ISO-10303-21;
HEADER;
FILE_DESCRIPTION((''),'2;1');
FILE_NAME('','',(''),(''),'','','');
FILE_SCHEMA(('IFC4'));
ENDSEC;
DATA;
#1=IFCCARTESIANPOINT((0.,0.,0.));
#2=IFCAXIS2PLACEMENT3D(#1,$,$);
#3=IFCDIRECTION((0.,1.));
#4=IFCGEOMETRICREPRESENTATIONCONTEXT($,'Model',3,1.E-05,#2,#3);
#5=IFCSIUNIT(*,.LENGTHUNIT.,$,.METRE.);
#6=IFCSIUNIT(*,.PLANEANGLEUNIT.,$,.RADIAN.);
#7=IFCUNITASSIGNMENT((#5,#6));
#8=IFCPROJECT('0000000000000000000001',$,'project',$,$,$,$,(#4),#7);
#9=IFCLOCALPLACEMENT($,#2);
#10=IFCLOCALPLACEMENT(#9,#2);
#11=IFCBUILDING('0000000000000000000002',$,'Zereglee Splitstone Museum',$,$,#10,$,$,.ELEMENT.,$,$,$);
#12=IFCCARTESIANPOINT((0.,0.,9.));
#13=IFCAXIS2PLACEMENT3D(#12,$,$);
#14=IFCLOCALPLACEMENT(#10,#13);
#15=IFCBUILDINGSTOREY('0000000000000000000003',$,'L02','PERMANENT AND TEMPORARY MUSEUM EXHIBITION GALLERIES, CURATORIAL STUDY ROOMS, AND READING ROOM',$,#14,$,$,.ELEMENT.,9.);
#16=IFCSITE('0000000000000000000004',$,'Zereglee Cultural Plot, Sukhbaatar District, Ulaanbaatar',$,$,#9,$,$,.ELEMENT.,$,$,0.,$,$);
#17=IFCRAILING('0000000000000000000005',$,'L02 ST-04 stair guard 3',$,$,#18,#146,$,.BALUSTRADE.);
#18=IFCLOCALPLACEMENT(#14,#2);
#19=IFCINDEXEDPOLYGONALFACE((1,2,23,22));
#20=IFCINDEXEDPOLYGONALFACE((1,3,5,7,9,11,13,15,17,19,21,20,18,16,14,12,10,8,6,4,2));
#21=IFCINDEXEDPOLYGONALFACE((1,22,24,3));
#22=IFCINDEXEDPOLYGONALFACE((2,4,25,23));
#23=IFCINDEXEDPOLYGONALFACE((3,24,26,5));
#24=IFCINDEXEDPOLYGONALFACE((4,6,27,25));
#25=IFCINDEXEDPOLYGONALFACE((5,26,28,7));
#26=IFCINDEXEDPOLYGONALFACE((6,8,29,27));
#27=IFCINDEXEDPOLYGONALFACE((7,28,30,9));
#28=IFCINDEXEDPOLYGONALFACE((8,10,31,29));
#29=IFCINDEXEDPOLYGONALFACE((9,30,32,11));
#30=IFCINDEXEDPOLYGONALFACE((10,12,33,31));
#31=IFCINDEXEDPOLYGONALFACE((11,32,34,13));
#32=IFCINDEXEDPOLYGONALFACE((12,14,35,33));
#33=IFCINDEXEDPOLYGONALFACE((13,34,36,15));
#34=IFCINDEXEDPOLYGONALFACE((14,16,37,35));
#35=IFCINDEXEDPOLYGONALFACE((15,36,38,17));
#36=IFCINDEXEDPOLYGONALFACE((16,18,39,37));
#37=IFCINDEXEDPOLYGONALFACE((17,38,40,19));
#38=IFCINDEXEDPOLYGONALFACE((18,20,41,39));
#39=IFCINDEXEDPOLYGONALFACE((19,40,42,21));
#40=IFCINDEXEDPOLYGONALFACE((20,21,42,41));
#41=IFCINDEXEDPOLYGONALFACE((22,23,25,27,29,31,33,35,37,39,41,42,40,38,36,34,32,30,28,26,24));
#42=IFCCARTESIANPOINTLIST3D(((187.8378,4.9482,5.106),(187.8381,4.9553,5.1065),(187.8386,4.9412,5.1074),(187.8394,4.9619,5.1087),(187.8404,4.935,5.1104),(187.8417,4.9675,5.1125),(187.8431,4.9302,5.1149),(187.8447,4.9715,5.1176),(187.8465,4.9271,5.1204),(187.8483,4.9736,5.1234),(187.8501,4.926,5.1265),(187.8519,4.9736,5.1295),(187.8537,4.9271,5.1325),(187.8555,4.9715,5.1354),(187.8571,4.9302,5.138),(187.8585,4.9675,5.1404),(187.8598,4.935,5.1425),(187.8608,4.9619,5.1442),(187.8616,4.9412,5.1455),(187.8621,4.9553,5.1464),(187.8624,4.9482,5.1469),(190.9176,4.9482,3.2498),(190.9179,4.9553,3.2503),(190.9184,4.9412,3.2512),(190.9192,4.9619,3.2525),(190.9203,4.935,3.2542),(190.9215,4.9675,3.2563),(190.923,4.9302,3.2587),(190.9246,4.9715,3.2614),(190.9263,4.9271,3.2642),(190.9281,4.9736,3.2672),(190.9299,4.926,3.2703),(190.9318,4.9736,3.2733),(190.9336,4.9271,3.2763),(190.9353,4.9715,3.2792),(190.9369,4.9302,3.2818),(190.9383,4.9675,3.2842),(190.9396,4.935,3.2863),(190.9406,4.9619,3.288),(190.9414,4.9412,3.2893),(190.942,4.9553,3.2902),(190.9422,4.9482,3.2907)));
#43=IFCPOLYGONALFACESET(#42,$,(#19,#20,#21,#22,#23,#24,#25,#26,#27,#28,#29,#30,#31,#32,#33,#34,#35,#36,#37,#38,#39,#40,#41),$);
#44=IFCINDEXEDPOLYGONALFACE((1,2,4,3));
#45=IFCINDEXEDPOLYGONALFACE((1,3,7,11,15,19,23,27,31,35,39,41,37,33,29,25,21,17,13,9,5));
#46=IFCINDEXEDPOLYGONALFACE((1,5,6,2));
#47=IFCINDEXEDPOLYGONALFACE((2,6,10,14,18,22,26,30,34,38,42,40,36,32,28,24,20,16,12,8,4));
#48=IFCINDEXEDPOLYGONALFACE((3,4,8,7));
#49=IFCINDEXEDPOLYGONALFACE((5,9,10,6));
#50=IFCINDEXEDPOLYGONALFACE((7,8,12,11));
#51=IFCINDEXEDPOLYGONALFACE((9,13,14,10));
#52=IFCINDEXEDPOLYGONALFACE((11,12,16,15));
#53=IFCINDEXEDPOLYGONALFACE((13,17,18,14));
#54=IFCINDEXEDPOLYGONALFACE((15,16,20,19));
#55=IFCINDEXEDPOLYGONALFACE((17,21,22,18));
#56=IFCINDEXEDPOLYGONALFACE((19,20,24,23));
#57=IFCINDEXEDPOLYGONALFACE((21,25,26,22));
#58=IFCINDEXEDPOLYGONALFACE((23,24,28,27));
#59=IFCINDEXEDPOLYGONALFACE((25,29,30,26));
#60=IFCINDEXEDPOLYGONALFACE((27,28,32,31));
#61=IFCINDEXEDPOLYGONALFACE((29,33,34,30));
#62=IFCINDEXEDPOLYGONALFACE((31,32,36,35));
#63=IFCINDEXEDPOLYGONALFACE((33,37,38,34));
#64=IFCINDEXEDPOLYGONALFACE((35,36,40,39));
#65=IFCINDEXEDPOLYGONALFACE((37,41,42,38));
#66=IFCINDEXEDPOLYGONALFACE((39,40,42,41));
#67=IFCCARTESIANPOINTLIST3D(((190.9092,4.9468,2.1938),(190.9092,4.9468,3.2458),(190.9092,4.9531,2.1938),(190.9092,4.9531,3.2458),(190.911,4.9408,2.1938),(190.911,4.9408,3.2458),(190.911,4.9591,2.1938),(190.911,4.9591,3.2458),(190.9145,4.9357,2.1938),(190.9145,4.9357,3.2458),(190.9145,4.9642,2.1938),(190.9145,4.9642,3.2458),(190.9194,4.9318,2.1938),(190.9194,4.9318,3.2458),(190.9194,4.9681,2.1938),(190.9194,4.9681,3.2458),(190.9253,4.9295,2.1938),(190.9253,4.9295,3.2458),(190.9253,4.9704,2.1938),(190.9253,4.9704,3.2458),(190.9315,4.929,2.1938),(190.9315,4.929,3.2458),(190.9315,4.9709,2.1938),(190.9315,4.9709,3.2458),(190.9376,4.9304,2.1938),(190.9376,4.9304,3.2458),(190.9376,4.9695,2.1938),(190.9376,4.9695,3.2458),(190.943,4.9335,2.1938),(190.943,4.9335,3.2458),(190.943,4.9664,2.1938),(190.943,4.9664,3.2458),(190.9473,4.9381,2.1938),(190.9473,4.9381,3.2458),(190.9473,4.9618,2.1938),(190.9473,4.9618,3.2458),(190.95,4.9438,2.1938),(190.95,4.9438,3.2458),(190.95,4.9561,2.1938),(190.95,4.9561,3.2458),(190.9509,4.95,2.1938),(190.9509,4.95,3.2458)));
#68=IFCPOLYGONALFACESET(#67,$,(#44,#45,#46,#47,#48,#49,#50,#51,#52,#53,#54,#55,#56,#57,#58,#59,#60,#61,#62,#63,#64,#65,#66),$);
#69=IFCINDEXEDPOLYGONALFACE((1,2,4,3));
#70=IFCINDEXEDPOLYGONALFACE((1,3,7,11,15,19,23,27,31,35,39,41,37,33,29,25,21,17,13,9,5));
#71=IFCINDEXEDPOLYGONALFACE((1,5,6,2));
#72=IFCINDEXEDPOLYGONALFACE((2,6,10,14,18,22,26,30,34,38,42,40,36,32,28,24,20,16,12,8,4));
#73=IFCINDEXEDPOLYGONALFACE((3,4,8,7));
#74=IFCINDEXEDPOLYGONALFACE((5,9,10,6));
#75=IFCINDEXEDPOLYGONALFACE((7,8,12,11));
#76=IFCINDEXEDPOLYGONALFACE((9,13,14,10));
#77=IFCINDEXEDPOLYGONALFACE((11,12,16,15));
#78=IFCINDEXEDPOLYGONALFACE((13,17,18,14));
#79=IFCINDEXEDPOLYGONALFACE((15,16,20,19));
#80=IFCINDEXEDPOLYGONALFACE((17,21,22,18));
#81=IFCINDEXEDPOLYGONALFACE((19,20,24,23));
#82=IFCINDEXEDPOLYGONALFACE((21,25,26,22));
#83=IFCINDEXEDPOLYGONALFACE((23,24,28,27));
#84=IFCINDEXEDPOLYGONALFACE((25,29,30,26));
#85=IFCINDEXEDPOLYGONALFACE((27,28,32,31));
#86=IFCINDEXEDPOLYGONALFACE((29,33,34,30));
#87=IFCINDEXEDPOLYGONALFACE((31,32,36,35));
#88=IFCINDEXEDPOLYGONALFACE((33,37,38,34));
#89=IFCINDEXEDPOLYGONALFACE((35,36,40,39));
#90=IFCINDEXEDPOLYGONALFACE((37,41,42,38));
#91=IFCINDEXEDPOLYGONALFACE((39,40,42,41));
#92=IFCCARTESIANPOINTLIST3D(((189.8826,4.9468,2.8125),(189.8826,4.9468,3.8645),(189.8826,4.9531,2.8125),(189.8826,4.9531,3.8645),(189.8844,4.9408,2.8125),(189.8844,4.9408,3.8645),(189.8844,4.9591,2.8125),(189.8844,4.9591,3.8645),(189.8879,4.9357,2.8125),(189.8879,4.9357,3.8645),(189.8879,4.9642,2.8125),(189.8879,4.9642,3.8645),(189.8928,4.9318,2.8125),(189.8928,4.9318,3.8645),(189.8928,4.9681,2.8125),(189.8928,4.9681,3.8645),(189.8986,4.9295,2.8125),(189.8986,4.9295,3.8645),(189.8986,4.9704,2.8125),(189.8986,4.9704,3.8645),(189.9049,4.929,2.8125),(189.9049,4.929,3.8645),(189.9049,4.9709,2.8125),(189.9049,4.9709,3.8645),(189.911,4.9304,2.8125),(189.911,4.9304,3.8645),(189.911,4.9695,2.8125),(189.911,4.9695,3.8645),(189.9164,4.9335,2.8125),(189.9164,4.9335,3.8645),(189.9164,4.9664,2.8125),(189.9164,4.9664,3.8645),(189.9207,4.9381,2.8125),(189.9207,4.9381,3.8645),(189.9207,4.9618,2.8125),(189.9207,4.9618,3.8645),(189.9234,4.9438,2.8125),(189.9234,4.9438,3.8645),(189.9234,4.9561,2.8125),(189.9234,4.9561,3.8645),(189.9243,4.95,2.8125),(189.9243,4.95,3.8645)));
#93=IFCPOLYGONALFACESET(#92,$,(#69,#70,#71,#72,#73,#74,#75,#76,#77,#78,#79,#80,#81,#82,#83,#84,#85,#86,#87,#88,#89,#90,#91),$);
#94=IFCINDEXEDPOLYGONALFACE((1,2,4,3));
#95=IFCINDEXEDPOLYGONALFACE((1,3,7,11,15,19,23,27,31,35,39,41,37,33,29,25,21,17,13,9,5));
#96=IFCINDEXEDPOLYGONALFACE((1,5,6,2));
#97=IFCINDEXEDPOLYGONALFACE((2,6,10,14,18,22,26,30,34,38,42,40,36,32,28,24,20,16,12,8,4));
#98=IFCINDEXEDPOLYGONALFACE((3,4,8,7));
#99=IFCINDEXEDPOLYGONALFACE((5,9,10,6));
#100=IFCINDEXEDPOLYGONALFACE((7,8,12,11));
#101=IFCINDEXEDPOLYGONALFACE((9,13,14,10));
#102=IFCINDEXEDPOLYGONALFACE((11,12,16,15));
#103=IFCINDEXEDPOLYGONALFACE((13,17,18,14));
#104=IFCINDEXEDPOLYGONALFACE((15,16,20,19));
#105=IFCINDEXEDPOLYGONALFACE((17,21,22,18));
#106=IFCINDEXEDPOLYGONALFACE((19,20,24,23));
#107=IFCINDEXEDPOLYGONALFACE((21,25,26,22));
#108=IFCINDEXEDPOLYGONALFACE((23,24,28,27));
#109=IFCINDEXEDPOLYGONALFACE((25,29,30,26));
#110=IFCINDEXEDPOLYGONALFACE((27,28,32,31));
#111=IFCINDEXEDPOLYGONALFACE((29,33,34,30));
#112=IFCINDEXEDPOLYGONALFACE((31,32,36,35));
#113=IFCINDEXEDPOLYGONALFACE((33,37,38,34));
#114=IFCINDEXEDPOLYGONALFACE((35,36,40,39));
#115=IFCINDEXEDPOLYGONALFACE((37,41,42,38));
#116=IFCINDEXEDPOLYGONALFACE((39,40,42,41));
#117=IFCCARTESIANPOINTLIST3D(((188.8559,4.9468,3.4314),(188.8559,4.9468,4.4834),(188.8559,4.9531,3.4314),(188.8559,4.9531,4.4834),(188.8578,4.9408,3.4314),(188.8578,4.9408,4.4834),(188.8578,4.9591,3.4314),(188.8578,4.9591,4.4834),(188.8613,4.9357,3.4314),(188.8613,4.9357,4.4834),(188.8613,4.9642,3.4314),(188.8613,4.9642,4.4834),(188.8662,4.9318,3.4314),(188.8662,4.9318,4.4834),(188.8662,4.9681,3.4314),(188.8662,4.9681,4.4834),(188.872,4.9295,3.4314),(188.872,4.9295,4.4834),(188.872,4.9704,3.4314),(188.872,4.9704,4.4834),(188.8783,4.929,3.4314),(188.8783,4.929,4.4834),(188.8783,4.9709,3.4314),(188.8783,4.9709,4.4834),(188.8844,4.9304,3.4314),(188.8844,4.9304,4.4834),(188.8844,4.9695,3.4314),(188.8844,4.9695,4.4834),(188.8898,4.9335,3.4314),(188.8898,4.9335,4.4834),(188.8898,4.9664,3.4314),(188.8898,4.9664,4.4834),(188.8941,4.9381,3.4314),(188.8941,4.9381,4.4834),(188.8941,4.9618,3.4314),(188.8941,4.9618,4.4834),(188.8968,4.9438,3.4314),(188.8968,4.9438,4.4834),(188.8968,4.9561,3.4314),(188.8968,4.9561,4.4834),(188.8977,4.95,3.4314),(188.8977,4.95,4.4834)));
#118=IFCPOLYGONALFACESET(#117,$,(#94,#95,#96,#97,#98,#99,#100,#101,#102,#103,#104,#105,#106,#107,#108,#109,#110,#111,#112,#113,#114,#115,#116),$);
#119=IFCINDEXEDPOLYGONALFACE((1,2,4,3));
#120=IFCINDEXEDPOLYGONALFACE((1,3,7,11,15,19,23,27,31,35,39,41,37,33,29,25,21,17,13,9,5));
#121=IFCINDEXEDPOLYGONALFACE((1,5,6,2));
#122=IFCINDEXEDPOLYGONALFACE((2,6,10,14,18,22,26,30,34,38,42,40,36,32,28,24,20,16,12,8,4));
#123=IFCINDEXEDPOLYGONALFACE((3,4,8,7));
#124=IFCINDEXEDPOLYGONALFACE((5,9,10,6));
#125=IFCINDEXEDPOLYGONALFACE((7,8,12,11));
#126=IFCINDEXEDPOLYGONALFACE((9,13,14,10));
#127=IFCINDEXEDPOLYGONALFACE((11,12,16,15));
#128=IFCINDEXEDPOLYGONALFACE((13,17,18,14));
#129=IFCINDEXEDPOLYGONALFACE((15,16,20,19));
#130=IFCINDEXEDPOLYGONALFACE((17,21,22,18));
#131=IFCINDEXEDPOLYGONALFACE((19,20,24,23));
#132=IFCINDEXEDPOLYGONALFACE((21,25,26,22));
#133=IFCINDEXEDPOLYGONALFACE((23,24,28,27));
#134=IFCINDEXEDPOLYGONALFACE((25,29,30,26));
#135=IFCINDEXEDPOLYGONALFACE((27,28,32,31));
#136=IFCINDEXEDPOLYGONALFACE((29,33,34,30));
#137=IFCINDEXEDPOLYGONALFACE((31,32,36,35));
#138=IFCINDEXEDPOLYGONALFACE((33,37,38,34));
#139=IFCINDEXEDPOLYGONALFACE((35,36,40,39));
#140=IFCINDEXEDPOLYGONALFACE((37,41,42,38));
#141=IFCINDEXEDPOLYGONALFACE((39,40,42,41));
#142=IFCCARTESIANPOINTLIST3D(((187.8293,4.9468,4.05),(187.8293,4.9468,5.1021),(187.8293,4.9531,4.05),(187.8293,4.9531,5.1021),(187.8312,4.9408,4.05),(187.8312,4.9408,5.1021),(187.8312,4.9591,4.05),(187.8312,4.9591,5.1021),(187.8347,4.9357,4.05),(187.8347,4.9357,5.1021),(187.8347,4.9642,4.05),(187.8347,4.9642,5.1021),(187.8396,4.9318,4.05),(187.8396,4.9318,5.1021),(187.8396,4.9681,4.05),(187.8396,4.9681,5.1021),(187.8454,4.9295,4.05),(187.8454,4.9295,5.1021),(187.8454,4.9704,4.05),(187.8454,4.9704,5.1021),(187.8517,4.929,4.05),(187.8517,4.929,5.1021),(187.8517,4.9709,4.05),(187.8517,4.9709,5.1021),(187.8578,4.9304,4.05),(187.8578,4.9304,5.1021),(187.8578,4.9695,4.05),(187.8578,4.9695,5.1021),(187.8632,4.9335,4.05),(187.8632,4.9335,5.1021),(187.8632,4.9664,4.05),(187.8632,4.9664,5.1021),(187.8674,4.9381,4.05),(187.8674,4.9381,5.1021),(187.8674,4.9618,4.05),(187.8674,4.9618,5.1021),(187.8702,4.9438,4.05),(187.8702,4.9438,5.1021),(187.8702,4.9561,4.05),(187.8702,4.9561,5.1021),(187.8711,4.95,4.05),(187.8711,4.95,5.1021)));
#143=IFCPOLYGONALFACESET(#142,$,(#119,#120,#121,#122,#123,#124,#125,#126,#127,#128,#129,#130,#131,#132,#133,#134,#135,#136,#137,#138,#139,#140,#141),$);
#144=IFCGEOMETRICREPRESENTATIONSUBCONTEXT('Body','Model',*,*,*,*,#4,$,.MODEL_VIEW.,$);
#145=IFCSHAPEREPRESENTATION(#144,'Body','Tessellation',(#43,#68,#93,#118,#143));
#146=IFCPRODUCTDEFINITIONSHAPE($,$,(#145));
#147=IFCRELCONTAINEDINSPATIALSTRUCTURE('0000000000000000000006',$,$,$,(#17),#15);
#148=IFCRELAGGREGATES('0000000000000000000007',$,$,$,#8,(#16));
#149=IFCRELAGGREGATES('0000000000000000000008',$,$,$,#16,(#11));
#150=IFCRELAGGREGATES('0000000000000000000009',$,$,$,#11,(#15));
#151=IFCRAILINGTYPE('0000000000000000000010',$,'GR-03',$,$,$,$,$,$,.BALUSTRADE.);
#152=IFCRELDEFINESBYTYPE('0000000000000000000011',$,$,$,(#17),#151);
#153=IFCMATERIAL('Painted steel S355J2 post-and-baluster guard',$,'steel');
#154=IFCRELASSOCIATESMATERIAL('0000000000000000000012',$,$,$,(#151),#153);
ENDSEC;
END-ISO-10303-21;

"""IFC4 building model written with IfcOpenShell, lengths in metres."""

from ifc_helpers import new_model, si_unit, direction, frame, origin, origin_2d, place, context, subcontext, project, spatial, circle, extrude, material, type_object, element, save


model = new_model("IFC4")

# Units and contexts
model_context = context("Model", 3, precision=1e-05, world=origin(), true_north=direction((0.0, 1.0)))
body_context = subcontext(model_context, "Body", "Model", "MODEL_VIEW")
ifc_project = project(units=[si_unit("LENGTHUNIT", "METRE"), si_unit("PLANEANGLEUNIT", "RADIAN")], contexts=[model_context])

# Site, building, storey
site_placement = place(None, origin())
site = spatial("IfcSite", under=ifc_project, at=site_placement, Name="Zereglee Cultural Plot, Sukhbaatar District, Ulaanbaatar", CompositionType="ELEMENT", RefElevation=0.0)
building_placement = place(site_placement, origin())
building = spatial("IfcBuilding", under=site, at=building_placement, Name="Zereglee Splitstone Museum", CompositionType="ELEMENT")
storey_placement = place(building_placement, frame((0.0, 0.0, 9.0)))
storey = spatial("IfcBuildingStorey", under=building, at=storey_placement, Name="L02", Description="PERMANENT AND TEMPORARY MUSEUM EXHIBITION GALLERIES, CURATORIAL STUDY ROOMS, AND READING ROOM", CompositionType="ELEMENT", Elevation=9.0)

# Railing
ifc_material_1 = material(Name="Painted steel S355J2 post-and-baluster guard", Category="steel")
railing_type_1 = type_object("IfcRailingType", Name="GR-03", PredefinedType="BALUSTRADE", material=ifc_material_1)
railing_1_placement = place(storey_placement, frame((190.9299, 4.95, 2.1938)))
element("IfcRailing", 1, at=railing_1_placement, inside=storey, type_object=railing_type_1, Name="L02 ST-04 stair guard 3", PredefinedType="BALUSTRADE", context=body_context, shape_type="SweptSolid", body=[
    extrude(circle(Radius=0.0239, at=origin_2d()), frame((0.0, 0.0, 1.0764), z_axis=(-0.856473, 0.0, 0.516192), x_axis=(0.0, -1.0, 0.0)), (0.0, 0.0, 1.0), 3.5959),
    extrude(circle(Radius=0.021, at=origin_2d()), origin(), (0.0, 0.0, 1.0), 1.052),
    extrude(circle(Radius=0.021, at=origin_2d()), frame((-1.0266, 0.0, 0.6187)), (0.0, 0.0, 1.0), 1.052),
    extrude(circle(Radius=0.021, at=origin_2d()), frame((-2.0532, 0.0, 1.2375)), (0.0, 0.0, 1.0), 1.052),
    extrude(circle(Radius=0.021, at=origin_2d()), frame((-3.0798, 0.0, 1.8562)), (0.0, 0.0, 1.0), 1.052),
])

save(model, "model.ifc")
